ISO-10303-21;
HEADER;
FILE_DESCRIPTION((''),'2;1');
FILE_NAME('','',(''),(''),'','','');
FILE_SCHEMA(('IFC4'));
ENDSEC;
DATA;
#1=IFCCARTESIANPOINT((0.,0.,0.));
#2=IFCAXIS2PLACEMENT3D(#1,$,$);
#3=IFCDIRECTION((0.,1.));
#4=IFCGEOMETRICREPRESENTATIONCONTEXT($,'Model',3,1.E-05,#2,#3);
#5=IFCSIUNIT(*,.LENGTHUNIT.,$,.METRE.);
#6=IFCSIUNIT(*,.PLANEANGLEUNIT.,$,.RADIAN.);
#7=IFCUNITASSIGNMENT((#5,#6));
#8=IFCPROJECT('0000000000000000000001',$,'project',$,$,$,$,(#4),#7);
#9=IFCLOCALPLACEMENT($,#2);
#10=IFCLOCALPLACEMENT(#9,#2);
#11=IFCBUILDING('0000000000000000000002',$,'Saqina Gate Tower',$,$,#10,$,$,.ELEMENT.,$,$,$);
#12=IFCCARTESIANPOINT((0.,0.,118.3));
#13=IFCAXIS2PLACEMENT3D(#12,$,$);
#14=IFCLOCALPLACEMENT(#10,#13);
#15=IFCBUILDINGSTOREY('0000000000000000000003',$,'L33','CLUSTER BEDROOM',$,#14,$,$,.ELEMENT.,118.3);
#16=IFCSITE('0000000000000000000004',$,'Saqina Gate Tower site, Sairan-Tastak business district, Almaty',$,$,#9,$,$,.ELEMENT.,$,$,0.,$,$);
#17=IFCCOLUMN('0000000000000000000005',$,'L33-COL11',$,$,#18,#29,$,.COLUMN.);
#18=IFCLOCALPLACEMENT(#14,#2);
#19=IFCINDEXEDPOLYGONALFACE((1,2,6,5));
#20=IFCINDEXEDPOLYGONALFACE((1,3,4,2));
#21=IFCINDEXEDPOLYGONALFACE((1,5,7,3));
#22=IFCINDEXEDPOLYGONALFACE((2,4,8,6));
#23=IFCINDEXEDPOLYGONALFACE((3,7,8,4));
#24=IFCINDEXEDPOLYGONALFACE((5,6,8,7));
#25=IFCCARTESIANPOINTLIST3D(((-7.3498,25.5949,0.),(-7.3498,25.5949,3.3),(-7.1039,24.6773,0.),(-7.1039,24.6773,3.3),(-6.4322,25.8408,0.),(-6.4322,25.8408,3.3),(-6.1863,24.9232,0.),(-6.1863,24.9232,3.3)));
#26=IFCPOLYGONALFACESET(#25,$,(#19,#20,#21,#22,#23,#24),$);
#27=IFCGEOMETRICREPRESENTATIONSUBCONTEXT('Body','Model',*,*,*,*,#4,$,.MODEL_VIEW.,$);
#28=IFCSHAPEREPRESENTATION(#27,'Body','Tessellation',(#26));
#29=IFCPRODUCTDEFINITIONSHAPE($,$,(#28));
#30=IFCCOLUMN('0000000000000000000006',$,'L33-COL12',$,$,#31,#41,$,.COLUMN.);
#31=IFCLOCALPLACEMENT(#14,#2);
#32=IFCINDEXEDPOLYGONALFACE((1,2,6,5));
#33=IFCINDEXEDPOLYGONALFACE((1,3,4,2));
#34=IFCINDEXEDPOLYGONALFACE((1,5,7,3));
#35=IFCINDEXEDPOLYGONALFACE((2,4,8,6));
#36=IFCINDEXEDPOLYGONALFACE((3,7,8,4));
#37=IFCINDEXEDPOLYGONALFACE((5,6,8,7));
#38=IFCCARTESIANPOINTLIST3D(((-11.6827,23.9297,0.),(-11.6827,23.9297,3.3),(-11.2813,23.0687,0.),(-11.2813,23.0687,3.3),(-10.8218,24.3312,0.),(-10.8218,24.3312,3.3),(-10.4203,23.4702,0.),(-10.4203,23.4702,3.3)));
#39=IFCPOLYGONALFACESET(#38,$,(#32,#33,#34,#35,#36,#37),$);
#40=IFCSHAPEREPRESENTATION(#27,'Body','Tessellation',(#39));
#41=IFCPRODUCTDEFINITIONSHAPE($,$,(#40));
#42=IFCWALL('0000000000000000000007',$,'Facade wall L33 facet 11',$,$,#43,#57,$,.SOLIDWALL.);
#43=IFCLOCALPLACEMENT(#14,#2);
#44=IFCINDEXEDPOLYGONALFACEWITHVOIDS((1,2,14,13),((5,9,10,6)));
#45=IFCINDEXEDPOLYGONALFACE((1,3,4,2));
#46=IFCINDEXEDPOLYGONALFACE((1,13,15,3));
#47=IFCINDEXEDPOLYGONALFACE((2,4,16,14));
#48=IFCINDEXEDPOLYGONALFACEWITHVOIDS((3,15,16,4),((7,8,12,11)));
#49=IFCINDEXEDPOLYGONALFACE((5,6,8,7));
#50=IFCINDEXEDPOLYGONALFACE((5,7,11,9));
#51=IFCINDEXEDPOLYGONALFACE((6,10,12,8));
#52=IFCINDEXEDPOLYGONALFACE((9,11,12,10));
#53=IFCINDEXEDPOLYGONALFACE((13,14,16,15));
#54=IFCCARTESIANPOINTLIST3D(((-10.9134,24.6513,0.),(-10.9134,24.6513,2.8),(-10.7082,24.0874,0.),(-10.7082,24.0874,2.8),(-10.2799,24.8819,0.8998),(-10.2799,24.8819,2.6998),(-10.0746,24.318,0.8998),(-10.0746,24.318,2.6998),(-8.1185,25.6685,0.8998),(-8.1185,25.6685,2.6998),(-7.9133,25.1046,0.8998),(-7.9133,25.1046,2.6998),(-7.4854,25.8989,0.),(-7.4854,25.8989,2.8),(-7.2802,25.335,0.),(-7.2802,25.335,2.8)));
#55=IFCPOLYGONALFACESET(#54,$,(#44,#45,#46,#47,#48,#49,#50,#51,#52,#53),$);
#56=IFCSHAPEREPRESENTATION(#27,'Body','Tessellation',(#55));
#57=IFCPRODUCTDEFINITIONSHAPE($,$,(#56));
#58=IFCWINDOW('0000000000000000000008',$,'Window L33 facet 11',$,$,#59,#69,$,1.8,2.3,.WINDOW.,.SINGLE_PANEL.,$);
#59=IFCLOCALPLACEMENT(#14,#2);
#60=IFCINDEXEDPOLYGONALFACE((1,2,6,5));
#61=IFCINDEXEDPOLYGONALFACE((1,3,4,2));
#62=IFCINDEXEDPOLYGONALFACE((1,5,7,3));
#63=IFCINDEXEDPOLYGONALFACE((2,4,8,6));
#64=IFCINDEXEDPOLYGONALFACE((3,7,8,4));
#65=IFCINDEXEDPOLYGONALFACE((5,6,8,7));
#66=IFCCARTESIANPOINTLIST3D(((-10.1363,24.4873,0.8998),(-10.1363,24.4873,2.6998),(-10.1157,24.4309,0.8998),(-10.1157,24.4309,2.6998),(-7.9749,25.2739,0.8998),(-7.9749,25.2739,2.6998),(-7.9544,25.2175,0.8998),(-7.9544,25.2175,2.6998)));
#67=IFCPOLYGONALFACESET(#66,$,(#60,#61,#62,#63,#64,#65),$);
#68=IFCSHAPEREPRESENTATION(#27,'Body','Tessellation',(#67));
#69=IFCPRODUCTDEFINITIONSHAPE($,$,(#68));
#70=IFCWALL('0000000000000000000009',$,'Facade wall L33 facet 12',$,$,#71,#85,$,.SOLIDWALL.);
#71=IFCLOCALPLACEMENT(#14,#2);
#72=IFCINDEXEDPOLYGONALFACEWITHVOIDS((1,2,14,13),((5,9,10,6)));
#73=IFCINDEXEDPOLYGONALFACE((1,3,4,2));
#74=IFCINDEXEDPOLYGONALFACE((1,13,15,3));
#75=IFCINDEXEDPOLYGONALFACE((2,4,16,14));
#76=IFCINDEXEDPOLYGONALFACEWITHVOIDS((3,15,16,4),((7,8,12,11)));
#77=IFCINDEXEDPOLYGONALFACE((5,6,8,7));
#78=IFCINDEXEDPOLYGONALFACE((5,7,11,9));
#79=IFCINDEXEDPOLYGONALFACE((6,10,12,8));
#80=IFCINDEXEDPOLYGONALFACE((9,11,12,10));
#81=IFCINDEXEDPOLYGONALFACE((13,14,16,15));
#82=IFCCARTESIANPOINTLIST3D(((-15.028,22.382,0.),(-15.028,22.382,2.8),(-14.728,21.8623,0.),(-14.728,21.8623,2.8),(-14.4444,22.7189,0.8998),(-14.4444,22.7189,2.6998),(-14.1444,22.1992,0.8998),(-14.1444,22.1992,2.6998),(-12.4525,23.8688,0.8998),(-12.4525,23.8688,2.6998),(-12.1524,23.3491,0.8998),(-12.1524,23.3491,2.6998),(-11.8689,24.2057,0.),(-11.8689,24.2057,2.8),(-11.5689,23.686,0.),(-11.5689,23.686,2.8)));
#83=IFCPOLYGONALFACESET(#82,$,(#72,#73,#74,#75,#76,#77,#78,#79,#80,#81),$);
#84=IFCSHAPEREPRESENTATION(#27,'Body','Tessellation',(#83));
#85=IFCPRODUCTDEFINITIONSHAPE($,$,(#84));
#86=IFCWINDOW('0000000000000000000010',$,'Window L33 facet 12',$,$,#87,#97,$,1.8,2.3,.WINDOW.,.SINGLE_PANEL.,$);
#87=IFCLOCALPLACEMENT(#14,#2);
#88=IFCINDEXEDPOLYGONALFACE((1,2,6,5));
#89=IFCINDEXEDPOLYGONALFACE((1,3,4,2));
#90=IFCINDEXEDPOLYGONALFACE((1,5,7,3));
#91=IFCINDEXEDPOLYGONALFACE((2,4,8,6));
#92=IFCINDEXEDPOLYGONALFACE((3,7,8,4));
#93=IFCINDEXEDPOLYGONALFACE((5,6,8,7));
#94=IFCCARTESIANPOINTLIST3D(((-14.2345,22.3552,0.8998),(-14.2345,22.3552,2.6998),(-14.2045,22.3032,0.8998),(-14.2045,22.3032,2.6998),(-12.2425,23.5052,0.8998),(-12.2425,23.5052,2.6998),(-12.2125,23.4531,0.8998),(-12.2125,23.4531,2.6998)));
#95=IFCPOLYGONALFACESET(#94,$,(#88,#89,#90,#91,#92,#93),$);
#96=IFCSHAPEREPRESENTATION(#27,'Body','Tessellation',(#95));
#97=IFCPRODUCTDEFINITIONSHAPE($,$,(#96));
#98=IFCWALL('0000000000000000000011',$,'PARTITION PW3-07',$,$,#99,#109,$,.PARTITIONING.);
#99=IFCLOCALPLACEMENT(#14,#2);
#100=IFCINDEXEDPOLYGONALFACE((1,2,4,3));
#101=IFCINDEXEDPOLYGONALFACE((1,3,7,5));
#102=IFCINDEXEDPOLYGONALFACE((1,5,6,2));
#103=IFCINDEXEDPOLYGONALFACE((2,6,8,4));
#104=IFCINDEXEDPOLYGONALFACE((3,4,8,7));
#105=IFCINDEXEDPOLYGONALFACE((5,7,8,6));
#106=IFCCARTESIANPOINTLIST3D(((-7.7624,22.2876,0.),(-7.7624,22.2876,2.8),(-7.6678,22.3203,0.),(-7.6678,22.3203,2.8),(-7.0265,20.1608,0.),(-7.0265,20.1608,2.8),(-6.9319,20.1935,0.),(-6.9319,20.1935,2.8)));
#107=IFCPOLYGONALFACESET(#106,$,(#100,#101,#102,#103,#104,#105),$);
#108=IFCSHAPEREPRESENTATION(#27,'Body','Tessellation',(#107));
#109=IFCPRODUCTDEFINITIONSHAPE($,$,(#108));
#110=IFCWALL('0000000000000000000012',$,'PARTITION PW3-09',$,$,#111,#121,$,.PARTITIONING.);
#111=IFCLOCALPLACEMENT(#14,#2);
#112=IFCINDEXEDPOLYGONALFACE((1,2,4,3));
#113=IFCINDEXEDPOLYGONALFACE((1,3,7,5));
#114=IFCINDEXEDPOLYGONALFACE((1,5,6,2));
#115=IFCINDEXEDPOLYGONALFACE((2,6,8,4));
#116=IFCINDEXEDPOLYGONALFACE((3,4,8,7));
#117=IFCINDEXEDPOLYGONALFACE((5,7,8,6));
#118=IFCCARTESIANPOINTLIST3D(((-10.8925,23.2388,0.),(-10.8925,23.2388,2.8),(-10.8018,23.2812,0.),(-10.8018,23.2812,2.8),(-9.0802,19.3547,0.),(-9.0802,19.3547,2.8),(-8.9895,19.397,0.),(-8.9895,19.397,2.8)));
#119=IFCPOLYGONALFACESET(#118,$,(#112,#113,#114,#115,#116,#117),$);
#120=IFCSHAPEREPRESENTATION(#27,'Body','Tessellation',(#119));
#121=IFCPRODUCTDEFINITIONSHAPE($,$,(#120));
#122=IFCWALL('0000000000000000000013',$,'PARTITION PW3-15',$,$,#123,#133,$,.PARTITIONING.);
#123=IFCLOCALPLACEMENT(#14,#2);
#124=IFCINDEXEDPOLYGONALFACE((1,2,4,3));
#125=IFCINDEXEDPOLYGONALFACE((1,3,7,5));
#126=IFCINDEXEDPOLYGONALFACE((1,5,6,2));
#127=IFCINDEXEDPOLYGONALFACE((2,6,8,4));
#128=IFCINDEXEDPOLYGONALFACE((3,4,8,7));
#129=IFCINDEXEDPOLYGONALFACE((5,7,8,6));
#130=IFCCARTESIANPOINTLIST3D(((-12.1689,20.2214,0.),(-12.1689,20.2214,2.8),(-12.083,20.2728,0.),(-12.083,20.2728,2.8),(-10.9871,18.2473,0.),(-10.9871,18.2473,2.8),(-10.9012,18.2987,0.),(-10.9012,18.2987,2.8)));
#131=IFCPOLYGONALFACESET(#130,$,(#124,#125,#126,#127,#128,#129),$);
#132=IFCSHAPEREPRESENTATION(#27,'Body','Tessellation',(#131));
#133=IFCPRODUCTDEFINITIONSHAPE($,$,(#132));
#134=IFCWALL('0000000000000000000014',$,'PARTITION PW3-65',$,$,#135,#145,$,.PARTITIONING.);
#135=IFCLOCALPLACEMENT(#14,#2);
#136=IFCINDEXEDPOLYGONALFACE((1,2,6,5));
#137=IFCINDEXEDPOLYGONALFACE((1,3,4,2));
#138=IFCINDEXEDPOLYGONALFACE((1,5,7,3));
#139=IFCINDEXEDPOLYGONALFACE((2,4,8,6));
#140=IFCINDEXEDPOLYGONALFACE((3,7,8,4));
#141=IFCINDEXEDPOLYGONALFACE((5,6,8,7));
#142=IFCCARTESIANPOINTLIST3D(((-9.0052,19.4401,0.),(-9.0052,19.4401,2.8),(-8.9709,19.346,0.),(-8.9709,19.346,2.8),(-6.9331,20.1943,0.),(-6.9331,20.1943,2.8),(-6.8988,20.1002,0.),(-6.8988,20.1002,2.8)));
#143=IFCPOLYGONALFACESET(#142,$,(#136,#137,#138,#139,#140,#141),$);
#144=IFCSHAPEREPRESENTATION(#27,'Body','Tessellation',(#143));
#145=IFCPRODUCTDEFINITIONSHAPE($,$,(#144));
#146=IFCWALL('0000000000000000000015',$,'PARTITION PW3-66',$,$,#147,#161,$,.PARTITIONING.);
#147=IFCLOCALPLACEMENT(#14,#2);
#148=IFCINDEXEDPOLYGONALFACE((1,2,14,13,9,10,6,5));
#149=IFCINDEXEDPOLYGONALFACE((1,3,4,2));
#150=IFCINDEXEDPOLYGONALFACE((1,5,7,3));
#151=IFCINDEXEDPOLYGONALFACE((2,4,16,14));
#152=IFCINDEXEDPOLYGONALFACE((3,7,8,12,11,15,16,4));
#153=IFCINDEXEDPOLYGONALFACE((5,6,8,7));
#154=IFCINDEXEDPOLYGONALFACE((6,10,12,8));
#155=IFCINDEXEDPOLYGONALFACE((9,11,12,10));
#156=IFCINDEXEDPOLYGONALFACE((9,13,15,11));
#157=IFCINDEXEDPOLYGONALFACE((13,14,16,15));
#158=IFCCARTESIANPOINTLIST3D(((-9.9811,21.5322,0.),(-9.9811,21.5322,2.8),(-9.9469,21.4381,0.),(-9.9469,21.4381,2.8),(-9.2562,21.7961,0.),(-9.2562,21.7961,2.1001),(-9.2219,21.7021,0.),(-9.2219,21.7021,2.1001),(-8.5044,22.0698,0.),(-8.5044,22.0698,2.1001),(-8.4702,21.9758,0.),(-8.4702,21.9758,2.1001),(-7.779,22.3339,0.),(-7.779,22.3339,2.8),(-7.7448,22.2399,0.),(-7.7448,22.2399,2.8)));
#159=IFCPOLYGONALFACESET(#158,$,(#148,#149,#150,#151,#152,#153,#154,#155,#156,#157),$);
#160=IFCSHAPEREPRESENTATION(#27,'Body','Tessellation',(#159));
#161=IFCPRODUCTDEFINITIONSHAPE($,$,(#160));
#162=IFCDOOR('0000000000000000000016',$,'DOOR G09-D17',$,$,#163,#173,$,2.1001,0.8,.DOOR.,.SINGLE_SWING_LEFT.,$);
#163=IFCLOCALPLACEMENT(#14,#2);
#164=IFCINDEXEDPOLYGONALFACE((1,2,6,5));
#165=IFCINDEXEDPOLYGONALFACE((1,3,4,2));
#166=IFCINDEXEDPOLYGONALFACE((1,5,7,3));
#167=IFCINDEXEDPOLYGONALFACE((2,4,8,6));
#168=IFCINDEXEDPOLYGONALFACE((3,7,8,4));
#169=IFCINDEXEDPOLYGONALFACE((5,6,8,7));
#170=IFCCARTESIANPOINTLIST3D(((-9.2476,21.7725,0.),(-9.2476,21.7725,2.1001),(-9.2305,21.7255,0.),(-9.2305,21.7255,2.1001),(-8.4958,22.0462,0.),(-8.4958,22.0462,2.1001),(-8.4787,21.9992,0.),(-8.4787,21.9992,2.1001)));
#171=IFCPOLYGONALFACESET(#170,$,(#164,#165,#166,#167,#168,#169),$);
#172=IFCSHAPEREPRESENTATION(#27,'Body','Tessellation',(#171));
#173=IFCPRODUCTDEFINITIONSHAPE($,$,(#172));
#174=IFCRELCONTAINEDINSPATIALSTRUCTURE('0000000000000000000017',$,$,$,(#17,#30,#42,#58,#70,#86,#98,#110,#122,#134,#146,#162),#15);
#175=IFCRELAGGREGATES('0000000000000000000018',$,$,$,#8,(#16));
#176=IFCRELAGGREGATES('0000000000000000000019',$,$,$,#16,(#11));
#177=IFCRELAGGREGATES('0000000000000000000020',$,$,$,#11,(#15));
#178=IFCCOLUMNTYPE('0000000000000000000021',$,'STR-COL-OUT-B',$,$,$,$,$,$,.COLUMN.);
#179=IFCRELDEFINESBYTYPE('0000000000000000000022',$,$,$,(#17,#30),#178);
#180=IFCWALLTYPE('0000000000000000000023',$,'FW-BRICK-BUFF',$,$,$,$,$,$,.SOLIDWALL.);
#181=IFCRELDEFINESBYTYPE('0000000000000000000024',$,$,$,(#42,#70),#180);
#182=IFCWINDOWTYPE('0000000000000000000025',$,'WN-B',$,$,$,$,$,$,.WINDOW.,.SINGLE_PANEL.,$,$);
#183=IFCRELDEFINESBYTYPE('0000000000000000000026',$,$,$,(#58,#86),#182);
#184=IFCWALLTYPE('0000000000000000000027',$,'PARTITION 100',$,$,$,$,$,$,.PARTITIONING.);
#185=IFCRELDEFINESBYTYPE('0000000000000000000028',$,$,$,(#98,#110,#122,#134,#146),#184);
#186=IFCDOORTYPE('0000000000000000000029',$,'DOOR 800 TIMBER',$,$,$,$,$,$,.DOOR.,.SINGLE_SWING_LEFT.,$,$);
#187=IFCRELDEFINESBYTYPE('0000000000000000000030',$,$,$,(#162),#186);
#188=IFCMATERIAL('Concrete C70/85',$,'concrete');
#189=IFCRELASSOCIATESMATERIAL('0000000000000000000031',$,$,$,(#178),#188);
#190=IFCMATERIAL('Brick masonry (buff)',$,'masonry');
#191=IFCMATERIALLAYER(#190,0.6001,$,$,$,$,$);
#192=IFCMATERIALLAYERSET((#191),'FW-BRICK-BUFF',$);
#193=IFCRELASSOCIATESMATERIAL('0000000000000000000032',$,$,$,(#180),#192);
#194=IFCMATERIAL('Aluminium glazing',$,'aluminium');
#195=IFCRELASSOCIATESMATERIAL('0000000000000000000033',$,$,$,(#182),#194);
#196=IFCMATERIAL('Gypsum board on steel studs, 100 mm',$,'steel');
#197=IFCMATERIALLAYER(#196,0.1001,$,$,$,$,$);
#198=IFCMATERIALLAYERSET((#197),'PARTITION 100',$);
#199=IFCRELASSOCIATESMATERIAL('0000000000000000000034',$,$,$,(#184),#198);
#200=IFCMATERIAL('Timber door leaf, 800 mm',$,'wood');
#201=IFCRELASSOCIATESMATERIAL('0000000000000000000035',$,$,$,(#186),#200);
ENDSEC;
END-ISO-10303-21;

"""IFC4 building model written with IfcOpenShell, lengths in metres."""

from ifc_helpers import new_model, si_unit, direction, frame, frame_2d, origin, origin_2d, place, context, subcontext, project, spatial, rectangle, extrude, material, layer, layer_set, material_profile, profile_set, type_object, element, fill, save


model = new_model("IFC4")

# Units and contexts
model_context = context("Model", 3, precision=1e-05, world=origin(), true_north=direction((0.0, 1.0)))
body_context = subcontext(model_context, "Body", "Model", "MODEL_VIEW")
ifc_project = project(units=[si_unit("LENGTHUNIT", "METRE"), si_unit("PLANEANGLEUNIT", "RADIAN")], contexts=[model_context])

# Site, building, storey
site_placement = place(None, origin())
site = spatial("IfcSite", under=ifc_project, at=site_placement, Name="Saqina Gate Tower site, Sairan-Tastak business district, Almaty", CompositionType="ELEMENT", RefElevation=0.0)
building_placement = place(site_placement, origin())
building = spatial("IfcBuilding", under=site, at=building_placement, Name="Saqina Gate Tower", CompositionType="ELEMENT")
storey_placement = place(building_placement, frame((0.0, 0.0, 118.3)))
storey = spatial("IfcBuildingStorey", under=building, at=storey_placement, Name="L33", Description="CLUSTER BEDROOM", CompositionType="ELEMENT", Elevation=118.3)

# Columns
ifc_material_1 = material(Name="Concrete C70/85", Category="concrete")
ifc_material_profile = material_profile(ifc_material_1, rectangle(XDim=0.95, YDim=0.95, at=origin_2d()), Name="RC 950x950")
ifc_profile_set = profile_set([ifc_material_profile], Name="Concrete C70/85")
column_type = type_object("IfcColumnType", Name="STR-COL-OUT-B", PredefinedType="COLUMN", material=ifc_profile_set)
for number, where, z_axis, x_axis, name in (
    (1, (-6.7681, 25.259, 0.0), (0.0, 0.0, 1.0), (-0.258819, 0.965926, 0.0), "L33-COL11"),
    (2, (-11.0515, 23.7, 0.0), (0.0, 0.0, 1.0), (-0.422618, 0.906308, 0.0), "L33-COL12"),
):
    element("IfcColumn", number, at=place(storey_placement, frame(where, z_axis=z_axis, x_axis=x_axis)), inside=storey, type_object=column_type, Name=name, PredefinedType="COLUMN", context=body_context, shape_type="SweptSolid", body=[
        extrude(rectangle(XDim=0.95, YDim=0.95, at=origin_2d()), origin(), (0.0, 0.0, 1.0), 3.3),
    ])

# Walls, openings, windows
ifc_material_2 = material(Name="Brick masonry (buff)", Category="masonry")
ifc_layer_1 = layer(ifc_material_2, 0.6001)
ifc_layer_set_1 = layer_set([ifc_layer_1], Name="FW-BRICK-BUFF")
wall_type_1 = type_object("IfcWallType", Name="FW-BRICK-BUFF", PredefinedType="SOLIDWALL", material=ifc_layer_set_1)
wall_1_placement = place(storey_placement, frame((-7.3828, 25.6169, 0.0), z_axis=(0.0, 0.0, 1.0), x_axis=(-0.939704, -0.34199, 0.0)))
wall_1 = element("IfcWall", 3, at=wall_1_placement, inside=storey, type_object=wall_type_1, Name="Facade wall L33 facet 11", PredefinedType="SOLIDWALL", context=body_context, shape_type="SweptSolid", body=[
    extrude(rectangle(XDim=3.6479, YDim=0.6001, at=frame_2d((1.824, 0.0))), origin(), (0.0, 0.0, 1.0), 2.8),
])
opening_1_placement = place(wall_1_placement, frame((0.6738, 0.0, 0.8999)))
opening_1 = element("IfcOpeningElement", 4, at=opening_1_placement, cuts=wall_1, PredefinedType="OPENING", context=body_context, shape_type="SweptSolid", body=[
    extrude(rectangle(XDim=2.3, YDim=1.8, at=frame_2d((1.1499, 0.8999))), frame((0.0, 0.312, 0.0), z_axis=(0.0, -1.0, 0.0), x_axis=(1.0, 0.0, 0.0)), (0.0, 0.0, 1.0), 0.624),
])
ifc_material_3 = material(Name="Aluminium glazing", Category="aluminium")
window_type = type_object("IfcWindowType", Name="WN-B", PartitioningType="SINGLE_PANEL", PredefinedType="WINDOW", material=ifc_material_3)
window_1_placement = place(opening_1_placement, origin())
window_1 = element("IfcWindow", 5, at=window_1_placement, inside=storey, type_object=window_type, Name="Window L33 facet 11", OverallHeight=1.8, OverallWidth=2.3, PartitioningType="SINGLE_PANEL", PredefinedType="WINDOW", context=body_context, shape_type="SweptSolid", body=[
    extrude(rectangle(XDim=2.3, YDim=1.8, at=frame_2d((1.1499, 0.8999))), frame((0.0, 0.1799, 0.0), z_axis=(0.0, -1.0, 0.0), x_axis=(1.0, 0.0, 0.0)), (0.0, 0.0, 1.0), 0.0601),
])
fill(opening_1, window_1)
wall_2_placement = place(storey_placement, frame((-11.719, 23.9458, 0.0), z_axis=(0.0, 0.0, 1.0), x_axis=(-0.866052, -0.499954, 0.0)))
wall_2 = element("IfcWall", 6, at=wall_2_placement, inside=storey, type_object=wall_type_1, Name="Facade wall L33 facet 12", PredefinedType="SOLIDWALL", context=body_context, shape_type="SweptSolid", body=[
    extrude(rectangle(XDim=3.6477, YDim=0.6001, at=frame_2d((1.8237, 0.0))), origin(), (0.0, 0.0, 1.0), 2.8),
])
opening_2_placement = place(wall_2_placement, frame((0.6738, 0.0, 0.8999)))
opening_2 = element("IfcOpeningElement", 7, at=opening_2_placement, cuts=wall_2, PredefinedType="OPENING", context=body_context, shape_type="SweptSolid", body=[
    extrude(rectangle(XDim=2.3, YDim=1.8, at=frame_2d((1.1499, 0.8999))), frame((0.0, 0.312, 0.0), z_axis=(0.0, -1.0, 0.0), x_axis=(1.0, 0.0, 0.0)), (0.0, 0.0, 1.0), 0.624),
])
window_2_placement = place(opening_2_placement, origin())
window_2 = element("IfcWindow", 8, at=window_2_placement, inside=storey, type_object=window_type, Name="Window L33 facet 12", OverallHeight=1.8, OverallWidth=2.3, PartitioningType="SINGLE_PANEL", PredefinedType="WINDOW", context=body_context, shape_type="SweptSolid", body=[
    extrude(rectangle(XDim=2.3, YDim=1.8, at=frame_2d((1.1499, 0.8999))), frame((0.0, 0.1799, 0.0), z_axis=(0.0, -1.0, 0.0), x_axis=(1.0, 0.0, 0.0)), (0.0, 0.0, 1.0), 0.0601),
])
fill(opening_2, window_2)

# Walls
ifc_material_4 = material(Name="Gypsum board on steel studs, 100 mm", Category="steel")
ifc_layer_2 = layer(ifc_material_4, 0.1001)
ifc_layer_set_2 = layer_set([ifc_layer_2], Name="PARTITION 100")
wall_type_2 = type_object("IfcWallType", Name="PARTITION 100", PredefinedType="PARTITIONING", material=ifc_layer_set_2)
wall_3_placement = place(storey_placement, frame((-7.7151, 22.304, 0.0), z_axis=(0.0, 0.0, 1.0), x_axis=(0.32698, -0.945031, 0.0)))
element("IfcWall", 9, at=wall_3_placement, inside=storey, type_object=wall_type_2, Name="PARTITION PW3-07", PredefinedType="PARTITIONING", context=body_context, shape_type="SweptSolid", body=[
    extrude(rectangle(XDim=2.2505, YDim=0.1001, at=frame_2d((1.1252, 0.0))), origin(), (0.0, 0.0, 1.0), 2.8),
])
wall_4_placement = place(storey_placement, frame((-10.8472, 23.26, 0.0), z_axis=(0.0, 0.0, 1.0), x_axis=(0.422829, -0.906209, 0.0)))
element("IfcWall", 10, at=wall_4_placement, inside=storey, type_object=wall_type_2, Name="PARTITION PW3-09", PredefinedType="PARTITIONING", context=body_context, shape_type="SweptSolid", body=[
    extrude(rectangle(XDim=4.2861, YDim=0.1001, at=frame_2d((2.1431, 0.0))), origin(), (0.0, 0.0, 1.0), 2.8),
])
wall_5_placement = place(storey_placement, frame((-12.126, 20.2471, 0.0), z_axis=(0.0, 0.0, 1.0), x_axis=(0.513668, -0.857989, 0.0)))
element("IfcWall", 11, at=wall_5_placement, inside=storey, type_object=wall_type_2, Name="PARTITION PW3-15", PredefinedType="PARTITIONING", context=body_context, shape_type="SweptSolid", body=[
    extrude(rectangle(XDim=2.3008, YDim=0.1001, at=frame_2d((1.1504, 0.0))), origin(), (0.0, 0.0, 1.0), 2.8),
])
wall_6_placement = place(storey_placement, frame((-8.988, 19.3931, 0.0), z_axis=(0.0, 0.0, 1.0), x_axis=(0.939693, 0.342019, 0.0)))
element("IfcWall", 12, at=wall_6_placement, inside=storey, type_object=wall_type_2, Name="PARTITION PW3-65", PredefinedType="PARTITIONING", context=body_context, shape_type="SweptSolid", body=[
    extrude(rectangle(XDim=2.2051, YDim=0.1001, at=frame_2d((1.1025, 0.0))), origin(), (0.0, 0.0, 1.0), 2.8),
])

# Wall, opening, door
wall_7_placement = place(storey_placement, frame((-9.9641, 21.4851, 0.0), z_axis=(0.0, 0.0, 1.0), x_axis=(0.93966, 0.342111, 0.0)))
wall_7 = element("IfcWall", 13, at=wall_7_placement, inside=storey, type_object=wall_type_2, Name="PARTITION PW3-66", PredefinedType="PARTITIONING", context=body_context, shape_type="SweptSolid", body=[
    extrude(rectangle(XDim=2.3435, YDim=0.1001, at=frame_2d((1.1719, 0.0))), origin(), (0.0, 0.0, 1.0), 2.8),
])
opening_3_placement = place(wall_7_placement, frame((0.7717, 0.0, 0.0)))
opening_3 = element("IfcOpeningElement", 14, at=opening_3_placement, cuts=wall_7, PredefinedType="OPENING", context=body_context, shape_type="SweptSolid", body=[
    extrude(rectangle(XDim=0.8, YDim=2.1001, at=frame_2d((0.3999, 1.05))), frame((0.0, 0.062, 0.0), z_axis=(0.0, -1.0, 0.0), x_axis=(1.0, 0.0, 0.0)), (0.0, 0.0, 1.0), 0.124),
])
ifc_material_5 = material(Name="Timber door leaf, 800 mm", Category="wood")
door_type_1 = type_object("IfcDoorType", Name="DOOR 800 TIMBER", OperationType="SINGLE_SWING_LEFT", PredefinedType="DOOR", material=ifc_material_5)
door_1_placement = place(opening_3_placement, origin())
door_1 = element("IfcDoor", 15, at=door_1_placement, inside=storey, type_object=door_type_1, Name="DOOR G09-D17", OperationType="SINGLE_SWING_LEFT", OverallHeight=2.1001, OverallWidth=0.8, PredefinedType="DOOR", context=body_context, shape_type="SweptSolid", body=[
    extrude(rectangle(XDim=0.8, YDim=2.1001, at=frame_2d((0.3999, 1.05))), frame((0.0, 0.0249, 0.0), z_axis=(0.0, -1.0, 0.0), x_axis=(1.0, 0.0, 0.0)), (0.0, 0.0, 1.0), 0.05),
])
fill(opening_3, door_1)

save(model, "model.ifc")
